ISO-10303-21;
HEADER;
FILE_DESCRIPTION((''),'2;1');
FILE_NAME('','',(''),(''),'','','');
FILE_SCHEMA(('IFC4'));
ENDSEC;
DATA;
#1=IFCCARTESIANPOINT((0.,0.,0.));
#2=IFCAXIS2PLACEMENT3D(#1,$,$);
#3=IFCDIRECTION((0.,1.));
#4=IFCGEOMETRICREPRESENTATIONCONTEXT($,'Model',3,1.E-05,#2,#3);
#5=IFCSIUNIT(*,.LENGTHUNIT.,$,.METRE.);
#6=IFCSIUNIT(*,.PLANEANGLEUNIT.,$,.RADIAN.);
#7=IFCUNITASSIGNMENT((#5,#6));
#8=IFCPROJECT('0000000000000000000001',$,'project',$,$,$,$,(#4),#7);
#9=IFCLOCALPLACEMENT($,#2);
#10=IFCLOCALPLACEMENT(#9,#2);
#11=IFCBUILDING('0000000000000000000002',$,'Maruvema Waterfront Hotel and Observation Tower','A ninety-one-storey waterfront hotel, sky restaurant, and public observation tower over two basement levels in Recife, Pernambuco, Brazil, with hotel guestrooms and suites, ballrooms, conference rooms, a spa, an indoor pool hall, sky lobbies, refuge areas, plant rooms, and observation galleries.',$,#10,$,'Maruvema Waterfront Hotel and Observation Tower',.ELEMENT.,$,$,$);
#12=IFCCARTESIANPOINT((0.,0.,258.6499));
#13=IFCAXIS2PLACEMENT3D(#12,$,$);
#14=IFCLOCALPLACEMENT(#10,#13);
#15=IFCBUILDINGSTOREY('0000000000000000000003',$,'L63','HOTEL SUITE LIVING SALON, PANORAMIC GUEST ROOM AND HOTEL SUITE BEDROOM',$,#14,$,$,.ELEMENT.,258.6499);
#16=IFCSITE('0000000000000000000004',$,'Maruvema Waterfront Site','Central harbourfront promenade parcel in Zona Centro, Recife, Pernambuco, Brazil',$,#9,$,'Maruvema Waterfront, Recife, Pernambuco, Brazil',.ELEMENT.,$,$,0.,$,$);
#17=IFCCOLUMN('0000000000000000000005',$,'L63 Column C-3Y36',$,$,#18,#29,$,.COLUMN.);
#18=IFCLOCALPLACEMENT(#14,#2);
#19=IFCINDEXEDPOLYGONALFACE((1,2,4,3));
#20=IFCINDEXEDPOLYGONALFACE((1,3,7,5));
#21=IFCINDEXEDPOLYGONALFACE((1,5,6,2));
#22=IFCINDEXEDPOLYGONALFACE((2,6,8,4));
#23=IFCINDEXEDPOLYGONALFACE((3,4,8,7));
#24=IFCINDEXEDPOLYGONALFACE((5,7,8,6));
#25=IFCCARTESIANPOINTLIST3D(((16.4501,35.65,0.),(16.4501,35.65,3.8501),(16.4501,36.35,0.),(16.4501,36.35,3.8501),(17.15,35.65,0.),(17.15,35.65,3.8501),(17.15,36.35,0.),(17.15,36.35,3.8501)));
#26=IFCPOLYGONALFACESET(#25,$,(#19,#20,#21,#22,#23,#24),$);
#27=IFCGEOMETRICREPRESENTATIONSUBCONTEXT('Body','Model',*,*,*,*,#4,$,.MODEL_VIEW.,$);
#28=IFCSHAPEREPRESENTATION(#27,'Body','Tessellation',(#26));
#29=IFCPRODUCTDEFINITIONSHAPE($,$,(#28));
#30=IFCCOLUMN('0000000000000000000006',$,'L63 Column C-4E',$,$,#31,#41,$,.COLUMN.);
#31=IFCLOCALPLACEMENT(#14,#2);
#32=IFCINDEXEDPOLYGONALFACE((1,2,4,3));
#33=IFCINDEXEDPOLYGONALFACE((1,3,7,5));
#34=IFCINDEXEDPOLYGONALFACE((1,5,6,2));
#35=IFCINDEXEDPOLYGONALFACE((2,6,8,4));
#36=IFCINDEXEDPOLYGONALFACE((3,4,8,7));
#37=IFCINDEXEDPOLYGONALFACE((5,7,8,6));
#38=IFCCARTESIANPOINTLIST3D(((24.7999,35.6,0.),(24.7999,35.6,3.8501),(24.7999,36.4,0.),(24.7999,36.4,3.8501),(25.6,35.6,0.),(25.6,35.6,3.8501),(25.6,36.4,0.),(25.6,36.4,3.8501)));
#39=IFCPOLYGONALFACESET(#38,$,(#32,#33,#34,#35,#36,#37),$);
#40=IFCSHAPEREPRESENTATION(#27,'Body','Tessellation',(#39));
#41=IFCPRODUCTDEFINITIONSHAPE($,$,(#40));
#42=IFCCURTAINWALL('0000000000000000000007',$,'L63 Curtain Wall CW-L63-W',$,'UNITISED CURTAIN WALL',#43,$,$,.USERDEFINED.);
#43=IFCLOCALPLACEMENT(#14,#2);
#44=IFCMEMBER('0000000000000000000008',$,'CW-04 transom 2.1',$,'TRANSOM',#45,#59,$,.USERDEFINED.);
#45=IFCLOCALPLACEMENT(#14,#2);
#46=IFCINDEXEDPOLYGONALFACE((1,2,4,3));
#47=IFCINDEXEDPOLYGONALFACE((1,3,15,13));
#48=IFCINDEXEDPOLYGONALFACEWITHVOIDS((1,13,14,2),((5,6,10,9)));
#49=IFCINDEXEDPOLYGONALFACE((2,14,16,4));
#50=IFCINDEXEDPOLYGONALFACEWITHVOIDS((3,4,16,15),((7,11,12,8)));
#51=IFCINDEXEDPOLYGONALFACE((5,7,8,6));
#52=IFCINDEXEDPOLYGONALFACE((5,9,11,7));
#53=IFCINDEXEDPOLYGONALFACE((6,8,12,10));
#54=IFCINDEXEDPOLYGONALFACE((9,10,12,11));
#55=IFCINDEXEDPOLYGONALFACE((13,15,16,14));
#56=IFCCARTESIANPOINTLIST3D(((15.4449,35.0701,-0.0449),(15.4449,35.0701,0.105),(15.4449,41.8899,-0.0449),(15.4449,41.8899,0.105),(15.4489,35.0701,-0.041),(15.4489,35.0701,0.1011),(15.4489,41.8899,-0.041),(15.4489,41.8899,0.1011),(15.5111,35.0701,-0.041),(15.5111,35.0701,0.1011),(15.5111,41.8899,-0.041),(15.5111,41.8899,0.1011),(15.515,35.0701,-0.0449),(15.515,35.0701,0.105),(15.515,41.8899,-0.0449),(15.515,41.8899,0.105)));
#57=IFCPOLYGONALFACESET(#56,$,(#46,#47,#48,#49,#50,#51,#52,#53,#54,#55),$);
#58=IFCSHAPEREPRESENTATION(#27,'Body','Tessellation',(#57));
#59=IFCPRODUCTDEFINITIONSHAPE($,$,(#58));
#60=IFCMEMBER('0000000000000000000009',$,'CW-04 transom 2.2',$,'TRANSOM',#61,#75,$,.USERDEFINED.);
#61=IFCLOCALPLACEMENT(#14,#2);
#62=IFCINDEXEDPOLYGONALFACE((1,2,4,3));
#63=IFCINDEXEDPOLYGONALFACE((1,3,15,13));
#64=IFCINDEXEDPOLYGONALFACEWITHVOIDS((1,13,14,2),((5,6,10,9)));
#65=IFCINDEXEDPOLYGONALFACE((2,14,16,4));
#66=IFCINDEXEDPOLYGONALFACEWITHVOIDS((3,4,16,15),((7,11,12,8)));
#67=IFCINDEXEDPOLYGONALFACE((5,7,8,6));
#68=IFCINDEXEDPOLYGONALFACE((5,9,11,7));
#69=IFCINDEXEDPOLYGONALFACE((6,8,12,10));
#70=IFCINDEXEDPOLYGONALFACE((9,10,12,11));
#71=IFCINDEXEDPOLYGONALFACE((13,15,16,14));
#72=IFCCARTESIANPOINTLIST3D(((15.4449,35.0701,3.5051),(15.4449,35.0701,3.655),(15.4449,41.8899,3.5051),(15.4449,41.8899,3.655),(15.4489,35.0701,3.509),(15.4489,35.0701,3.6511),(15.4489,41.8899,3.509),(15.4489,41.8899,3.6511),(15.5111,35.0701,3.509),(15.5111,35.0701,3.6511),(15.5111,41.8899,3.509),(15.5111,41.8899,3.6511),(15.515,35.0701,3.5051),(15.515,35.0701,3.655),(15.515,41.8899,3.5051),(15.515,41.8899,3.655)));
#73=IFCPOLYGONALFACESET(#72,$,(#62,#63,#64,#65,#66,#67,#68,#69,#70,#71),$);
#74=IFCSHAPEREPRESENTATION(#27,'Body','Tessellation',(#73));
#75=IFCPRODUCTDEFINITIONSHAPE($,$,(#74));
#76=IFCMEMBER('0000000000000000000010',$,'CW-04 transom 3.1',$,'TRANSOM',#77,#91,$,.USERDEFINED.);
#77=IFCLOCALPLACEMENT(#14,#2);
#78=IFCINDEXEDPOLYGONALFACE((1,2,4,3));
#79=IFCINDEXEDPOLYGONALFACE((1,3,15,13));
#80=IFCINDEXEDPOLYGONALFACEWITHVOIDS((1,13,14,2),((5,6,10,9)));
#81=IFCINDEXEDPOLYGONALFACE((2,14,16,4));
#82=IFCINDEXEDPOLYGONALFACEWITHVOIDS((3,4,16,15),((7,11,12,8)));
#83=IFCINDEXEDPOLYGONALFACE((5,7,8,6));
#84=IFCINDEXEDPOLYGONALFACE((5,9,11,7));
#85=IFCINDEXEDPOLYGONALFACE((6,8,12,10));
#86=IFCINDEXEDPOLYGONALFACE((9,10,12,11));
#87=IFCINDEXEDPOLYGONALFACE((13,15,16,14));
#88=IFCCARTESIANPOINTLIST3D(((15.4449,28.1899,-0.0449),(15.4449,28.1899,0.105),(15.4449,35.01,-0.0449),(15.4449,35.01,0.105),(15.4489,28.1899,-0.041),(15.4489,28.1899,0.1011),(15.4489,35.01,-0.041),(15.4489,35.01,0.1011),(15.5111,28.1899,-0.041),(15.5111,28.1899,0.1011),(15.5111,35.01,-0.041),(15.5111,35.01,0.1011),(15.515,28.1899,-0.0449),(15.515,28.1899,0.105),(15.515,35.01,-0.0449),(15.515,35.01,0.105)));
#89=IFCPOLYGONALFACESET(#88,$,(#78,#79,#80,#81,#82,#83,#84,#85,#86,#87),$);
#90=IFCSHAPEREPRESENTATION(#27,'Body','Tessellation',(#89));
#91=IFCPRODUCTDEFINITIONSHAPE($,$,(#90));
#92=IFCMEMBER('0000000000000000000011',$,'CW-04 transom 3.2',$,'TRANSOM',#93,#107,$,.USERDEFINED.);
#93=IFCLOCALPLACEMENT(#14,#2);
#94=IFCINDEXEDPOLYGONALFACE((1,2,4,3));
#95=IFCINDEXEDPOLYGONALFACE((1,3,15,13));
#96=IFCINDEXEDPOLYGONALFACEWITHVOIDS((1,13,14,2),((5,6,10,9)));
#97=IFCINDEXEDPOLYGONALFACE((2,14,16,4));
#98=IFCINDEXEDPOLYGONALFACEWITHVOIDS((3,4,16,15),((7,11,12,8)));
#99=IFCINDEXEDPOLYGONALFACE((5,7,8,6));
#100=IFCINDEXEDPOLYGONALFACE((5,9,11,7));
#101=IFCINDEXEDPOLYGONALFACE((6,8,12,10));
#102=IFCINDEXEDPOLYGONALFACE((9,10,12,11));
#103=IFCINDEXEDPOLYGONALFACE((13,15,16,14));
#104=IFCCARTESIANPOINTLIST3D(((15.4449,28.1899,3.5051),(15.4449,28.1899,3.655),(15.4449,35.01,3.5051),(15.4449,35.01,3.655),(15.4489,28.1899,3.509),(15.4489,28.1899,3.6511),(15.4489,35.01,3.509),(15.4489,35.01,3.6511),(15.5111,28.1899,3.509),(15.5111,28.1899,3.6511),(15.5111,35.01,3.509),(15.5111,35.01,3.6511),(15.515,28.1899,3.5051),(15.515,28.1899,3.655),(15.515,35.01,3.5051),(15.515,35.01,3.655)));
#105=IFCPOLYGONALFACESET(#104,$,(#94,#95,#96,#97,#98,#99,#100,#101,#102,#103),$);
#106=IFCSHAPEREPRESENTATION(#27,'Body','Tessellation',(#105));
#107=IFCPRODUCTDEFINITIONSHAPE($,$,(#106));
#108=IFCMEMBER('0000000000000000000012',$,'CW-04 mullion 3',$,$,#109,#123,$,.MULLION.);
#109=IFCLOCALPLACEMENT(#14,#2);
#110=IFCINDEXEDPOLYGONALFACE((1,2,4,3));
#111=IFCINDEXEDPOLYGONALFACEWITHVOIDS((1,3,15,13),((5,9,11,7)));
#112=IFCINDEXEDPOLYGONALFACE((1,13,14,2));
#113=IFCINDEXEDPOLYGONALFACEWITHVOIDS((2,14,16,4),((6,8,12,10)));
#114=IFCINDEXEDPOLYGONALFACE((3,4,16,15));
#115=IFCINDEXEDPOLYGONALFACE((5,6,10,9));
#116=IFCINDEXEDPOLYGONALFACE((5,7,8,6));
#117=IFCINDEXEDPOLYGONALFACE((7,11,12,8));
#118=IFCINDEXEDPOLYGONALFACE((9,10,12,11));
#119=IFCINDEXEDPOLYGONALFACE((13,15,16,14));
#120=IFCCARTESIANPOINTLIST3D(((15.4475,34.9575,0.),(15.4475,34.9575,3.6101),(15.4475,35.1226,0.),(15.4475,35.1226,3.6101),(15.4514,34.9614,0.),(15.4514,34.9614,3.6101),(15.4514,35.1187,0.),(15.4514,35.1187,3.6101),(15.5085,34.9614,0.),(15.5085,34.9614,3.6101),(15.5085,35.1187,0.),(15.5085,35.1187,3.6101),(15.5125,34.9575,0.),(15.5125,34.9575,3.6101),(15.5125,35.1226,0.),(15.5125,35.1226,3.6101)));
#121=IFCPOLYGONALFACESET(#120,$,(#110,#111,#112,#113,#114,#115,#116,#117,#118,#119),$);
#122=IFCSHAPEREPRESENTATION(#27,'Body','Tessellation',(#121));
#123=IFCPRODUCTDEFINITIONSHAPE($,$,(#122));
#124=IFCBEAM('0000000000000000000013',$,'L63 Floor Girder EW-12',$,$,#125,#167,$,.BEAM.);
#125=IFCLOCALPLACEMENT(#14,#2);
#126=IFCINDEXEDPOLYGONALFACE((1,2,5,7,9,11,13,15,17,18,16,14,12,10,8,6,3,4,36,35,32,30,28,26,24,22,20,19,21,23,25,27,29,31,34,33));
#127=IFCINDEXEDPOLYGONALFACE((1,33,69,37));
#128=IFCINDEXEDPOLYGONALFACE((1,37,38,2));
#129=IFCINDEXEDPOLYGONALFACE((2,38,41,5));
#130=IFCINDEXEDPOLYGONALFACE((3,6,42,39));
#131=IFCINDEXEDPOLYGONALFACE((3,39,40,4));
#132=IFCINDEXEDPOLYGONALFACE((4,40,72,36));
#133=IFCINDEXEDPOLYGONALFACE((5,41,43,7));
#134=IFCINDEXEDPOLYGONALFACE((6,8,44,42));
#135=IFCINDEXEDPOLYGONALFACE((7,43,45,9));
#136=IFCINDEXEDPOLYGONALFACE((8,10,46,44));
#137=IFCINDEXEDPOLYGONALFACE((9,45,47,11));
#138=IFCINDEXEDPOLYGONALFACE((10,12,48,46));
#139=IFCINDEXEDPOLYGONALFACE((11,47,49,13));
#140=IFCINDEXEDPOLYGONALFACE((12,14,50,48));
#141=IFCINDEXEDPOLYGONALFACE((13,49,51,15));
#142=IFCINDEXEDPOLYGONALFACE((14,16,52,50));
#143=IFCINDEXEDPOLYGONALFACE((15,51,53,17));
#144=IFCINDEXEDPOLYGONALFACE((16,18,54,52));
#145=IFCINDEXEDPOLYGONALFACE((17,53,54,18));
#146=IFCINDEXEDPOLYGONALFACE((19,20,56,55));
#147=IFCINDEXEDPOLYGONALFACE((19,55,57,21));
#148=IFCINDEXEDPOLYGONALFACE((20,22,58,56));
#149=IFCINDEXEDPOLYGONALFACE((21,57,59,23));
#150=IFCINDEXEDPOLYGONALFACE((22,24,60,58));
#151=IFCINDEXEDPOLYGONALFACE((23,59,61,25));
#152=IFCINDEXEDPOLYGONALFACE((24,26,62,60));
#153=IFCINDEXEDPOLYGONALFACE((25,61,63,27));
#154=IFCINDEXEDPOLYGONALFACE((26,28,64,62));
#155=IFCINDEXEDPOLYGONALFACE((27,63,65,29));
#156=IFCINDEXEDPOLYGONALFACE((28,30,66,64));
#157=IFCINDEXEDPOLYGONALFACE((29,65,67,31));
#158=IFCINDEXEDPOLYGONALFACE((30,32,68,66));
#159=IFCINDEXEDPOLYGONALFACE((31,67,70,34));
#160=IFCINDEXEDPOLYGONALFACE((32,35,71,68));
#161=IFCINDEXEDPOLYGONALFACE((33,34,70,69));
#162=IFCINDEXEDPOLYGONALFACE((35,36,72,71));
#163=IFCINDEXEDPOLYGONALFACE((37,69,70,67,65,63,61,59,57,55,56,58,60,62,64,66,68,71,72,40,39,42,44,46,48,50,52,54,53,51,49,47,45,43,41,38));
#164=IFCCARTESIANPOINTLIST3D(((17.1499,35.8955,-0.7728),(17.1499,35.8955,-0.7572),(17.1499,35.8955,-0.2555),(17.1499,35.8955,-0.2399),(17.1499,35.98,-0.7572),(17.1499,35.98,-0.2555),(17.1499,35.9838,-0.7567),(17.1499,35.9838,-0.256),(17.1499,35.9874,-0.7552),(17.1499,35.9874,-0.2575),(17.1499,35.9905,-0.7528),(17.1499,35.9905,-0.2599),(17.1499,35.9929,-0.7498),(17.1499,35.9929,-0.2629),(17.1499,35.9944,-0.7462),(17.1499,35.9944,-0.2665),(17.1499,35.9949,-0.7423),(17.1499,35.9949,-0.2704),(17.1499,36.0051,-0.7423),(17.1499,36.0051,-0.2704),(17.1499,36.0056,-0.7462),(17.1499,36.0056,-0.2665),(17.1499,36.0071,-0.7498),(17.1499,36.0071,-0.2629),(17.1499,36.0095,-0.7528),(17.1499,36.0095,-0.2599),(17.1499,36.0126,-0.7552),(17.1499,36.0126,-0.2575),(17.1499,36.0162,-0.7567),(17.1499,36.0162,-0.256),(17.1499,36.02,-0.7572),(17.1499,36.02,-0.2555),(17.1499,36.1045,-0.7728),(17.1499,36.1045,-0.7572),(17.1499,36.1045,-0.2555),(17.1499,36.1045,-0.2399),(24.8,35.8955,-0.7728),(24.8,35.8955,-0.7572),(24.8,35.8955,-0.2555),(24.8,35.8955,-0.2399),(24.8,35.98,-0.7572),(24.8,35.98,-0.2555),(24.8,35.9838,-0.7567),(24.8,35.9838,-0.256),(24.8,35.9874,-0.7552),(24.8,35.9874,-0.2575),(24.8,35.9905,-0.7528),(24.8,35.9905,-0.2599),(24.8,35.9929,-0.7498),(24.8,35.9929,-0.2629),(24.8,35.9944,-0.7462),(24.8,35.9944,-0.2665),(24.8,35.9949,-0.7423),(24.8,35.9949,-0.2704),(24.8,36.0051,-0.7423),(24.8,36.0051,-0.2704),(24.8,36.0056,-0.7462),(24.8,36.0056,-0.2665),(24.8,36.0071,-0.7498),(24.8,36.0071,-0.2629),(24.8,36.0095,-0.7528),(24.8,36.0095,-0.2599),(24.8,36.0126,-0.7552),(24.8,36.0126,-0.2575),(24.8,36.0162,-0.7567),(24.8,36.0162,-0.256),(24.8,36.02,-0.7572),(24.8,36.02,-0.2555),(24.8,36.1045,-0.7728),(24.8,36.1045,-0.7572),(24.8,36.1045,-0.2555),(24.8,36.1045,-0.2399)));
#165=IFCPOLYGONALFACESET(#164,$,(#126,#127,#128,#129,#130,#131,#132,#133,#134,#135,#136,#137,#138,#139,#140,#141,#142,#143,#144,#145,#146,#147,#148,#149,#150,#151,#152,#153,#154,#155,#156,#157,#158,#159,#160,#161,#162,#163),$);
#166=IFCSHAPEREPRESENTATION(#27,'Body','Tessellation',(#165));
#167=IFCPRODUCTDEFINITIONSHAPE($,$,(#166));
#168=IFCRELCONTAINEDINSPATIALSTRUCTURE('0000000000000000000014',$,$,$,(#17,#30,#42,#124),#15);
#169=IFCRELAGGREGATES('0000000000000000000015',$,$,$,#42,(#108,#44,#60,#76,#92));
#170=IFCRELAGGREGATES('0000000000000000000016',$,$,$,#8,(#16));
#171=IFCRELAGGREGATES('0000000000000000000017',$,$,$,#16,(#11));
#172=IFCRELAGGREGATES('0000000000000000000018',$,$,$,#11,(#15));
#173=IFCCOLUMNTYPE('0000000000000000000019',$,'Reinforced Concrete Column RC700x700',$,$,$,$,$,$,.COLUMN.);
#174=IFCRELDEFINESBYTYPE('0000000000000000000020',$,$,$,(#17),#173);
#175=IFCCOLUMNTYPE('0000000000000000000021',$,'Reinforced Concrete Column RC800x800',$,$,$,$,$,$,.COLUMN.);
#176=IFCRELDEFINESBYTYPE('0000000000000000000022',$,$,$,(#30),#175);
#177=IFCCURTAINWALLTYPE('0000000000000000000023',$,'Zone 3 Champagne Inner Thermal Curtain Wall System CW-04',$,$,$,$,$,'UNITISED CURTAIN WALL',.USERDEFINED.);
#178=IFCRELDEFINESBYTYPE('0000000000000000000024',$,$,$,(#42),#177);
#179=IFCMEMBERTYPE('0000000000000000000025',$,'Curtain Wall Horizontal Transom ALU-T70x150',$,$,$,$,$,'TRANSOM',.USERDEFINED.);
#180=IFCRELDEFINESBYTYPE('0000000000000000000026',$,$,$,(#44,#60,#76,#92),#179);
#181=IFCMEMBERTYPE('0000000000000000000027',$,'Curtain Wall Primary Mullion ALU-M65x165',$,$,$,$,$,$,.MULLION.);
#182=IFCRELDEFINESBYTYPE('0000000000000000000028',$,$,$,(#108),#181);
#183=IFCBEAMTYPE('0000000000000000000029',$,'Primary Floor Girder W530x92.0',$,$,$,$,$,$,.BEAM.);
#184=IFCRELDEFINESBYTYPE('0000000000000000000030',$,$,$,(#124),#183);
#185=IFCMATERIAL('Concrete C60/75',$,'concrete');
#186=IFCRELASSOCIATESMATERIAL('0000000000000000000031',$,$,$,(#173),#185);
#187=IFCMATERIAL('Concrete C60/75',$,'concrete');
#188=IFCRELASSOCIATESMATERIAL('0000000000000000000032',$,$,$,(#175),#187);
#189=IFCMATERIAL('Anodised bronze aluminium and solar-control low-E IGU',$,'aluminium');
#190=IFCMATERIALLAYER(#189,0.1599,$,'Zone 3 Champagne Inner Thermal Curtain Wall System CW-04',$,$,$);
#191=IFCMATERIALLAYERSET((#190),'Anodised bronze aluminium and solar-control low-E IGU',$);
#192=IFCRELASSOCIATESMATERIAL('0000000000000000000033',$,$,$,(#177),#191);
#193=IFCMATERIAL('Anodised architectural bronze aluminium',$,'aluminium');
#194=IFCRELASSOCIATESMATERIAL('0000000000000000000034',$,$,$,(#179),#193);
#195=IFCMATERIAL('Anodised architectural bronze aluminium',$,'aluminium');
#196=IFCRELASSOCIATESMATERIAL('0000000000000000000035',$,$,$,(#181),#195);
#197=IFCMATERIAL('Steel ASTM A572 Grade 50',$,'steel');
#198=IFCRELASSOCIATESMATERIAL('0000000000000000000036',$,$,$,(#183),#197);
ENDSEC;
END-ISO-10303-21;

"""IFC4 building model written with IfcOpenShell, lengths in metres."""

from ifc_helpers import new_model, si_unit, direction, frame, origin, origin_2d, place, context, subcontext, project, spatial, rectangle, hollow_rectangle, i_section, extrude, material, layer, layer_set, material_profile, profile_set, type_object, element, aggregate, save


model = new_model("IFC4")

# Units and contexts
model_context = context("Model", 3, precision=1e-05, world=origin(), true_north=direction((0.0, 1.0)))
body_context = subcontext(model_context, "Body", "Model", "MODEL_VIEW")
ifc_project = project(units=[si_unit("LENGTHUNIT", "METRE"), si_unit("PLANEANGLEUNIT", "RADIAN")], contexts=[model_context])

# Site, building, storey
site_placement = place(None, origin())
site = spatial("IfcSite", under=ifc_project, at=site_placement, Name="Maruvema Waterfront Site", Description="Central harbourfront promenade parcel in Zona Centro, Recife, Pernambuco, Brazil", LongName="Maruvema Waterfront, Recife, Pernambuco, Brazil", CompositionType="ELEMENT", RefElevation=0.0)
building_placement = place(site_placement, origin())
building = spatial("IfcBuilding", under=site, at=building_placement, Name="Maruvema Waterfront Hotel and Observation Tower", Description="A ninety-one-storey waterfront hotel, sky restaurant, and public observation tower over two basement levels in Recife, Pernambuco, Brazil, with hotel guestrooms and suites, ballrooms, conference rooms, a spa, an indoor pool hall, sky lobbies, refuge areas, plant rooms, and observation galleries.", LongName="Maruvema Waterfront Hotel and Observation Tower", CompositionType="ELEMENT")
storey_placement = place(building_placement, frame((0.0, 0.0, 258.6499)))
storey = spatial("IfcBuildingStorey", under=building, at=storey_placement, Name="L63", Description="HOTEL SUITE LIVING SALON, PANORAMIC GUEST ROOM AND HOTEL SUITE BEDROOM", CompositionType="ELEMENT", Elevation=258.6499)

# Columns
ifc_material_1 = material(Name="Concrete C60/75", Category="concrete")
ifc_material_profile_1 = material_profile(ifc_material_1, rectangle(XDim=0.7, YDim=0.7, at=origin_2d()), Name="RC700x700")
ifc_profile_set_1 = profile_set([ifc_material_profile_1], Name="Concrete C60/75")
column_type_1 = type_object("IfcColumnType", Name="Reinforced Concrete Column RC700x700", PredefinedType="COLUMN", material=ifc_profile_set_1)
column_1_placement = place(storey_placement, frame((16.8, 36.0, 0.0), z_axis=(0.0, 0.0, 1.0), x_axis=(1.0, 0.0, 0.0)))
element("IfcColumn", 1, at=column_1_placement, inside=storey, type_object=column_type_1, Name="L63 Column C-3Y36", PredefinedType="COLUMN", context=body_context, shape_type="SweptSolid", body=[
    extrude(rectangle(XDim=0.7, YDim=0.7, at=origin_2d()), origin(), (0.0, 0.0, 1.0), 3.8501),
])
ifc_material_2 = material(Name="Concrete C60/75", Category="concrete")
ifc_material_profile_2 = material_profile(ifc_material_2, rectangle(XDim=0.8, YDim=0.8, at=origin_2d()), Name="RC800x800")
ifc_profile_set_2 = profile_set([ifc_material_profile_2], Name="Concrete C60/75")
column_type_2 = type_object("IfcColumnType", Name="Reinforced Concrete Column RC800x800", PredefinedType="COLUMN", material=ifc_profile_set_2)
column_2_placement = place(storey_placement, frame((25.2, 36.0, 0.0), z_axis=(0.0, 0.0, 1.0), x_axis=(1.0, 0.0, 0.0)))
element("IfcColumn", 2, at=column_2_placement, inside=storey, type_object=column_type_2, Name="L63 Column C-4E", PredefinedType="COLUMN", context=body_context, shape_type="SweptSolid", body=[
    extrude(rectangle(XDim=0.8, YDim=0.8, at=origin_2d()), origin(), (0.0, 0.0, 1.0), 3.8501),
])

# Curtain wall, members
ifc_material_3 = material(Name="Anodised bronze aluminium and solar-control low-E IGU", Category="aluminium")
ifc_layer_1 = layer(ifc_material_3, 0.1599, Name="Zone 3 Champagne Inner Thermal Curtain Wall System CW-04")
ifc_layer_set_1 = layer_set([ifc_layer_1], Name="Anodised bronze aluminium and solar-control low-E IGU")
curtain_wall_type = type_object("IfcCurtainWallType", Name="Zone 3 Champagne Inner Thermal Curtain Wall System CW-04", ElementType="UNITISED CURTAIN WALL", PredefinedType="USERDEFINED", material=ifc_layer_set_1)
curtain_wall_placement = place(storey_placement, origin())
curtain_wall = element("IfcCurtainWall", 3, at=curtain_wall_placement, inside=storey, type_object=curtain_wall_type, Name="L63 Curtain Wall CW-L63-W", ObjectType="UNITISED CURTAIN WALL", PredefinedType="USERDEFINED")
ifc_material_4 = material(Name="Anodised architectural bronze aluminium", Category="aluminium")
ifc_material_profile_3 = material_profile(ifc_material_4, hollow_rectangle(XDim=0.0701, YDim=0.1499, WallThickness=0.0039, at=origin_2d()), Name="ALU-T70x150")
ifc_profile_set_3 = profile_set([ifc_material_profile_3], Name="Anodised architectural bronze aluminium")
member_type_1 = type_object("IfcMemberType", Name="Curtain Wall Horizontal Transom ALU-T70x150", ElementType="TRANSOM", PredefinedType="USERDEFINED", material=ifc_profile_set_3)
member_1_placement = place(storey_placement, frame((15.48, 41.8899, 0.03), z_axis=(0.0, -1.0, 0.0), x_axis=(1.0, 0.0, 0.0)))
member_1 = element("IfcMember", 4, at=member_1_placement, type_object=member_type_1, Name="CW-04 transom 2.1", ObjectType="TRANSOM", PredefinedType="USERDEFINED", context=body_context, shape_type="SweptSolid", body=[
    extrude(hollow_rectangle(XDim=0.0701, YDim=0.1499, WallThickness=0.0039, at=origin_2d()), origin(), (0.0, 0.0, 1.0), 6.8198),
])
member_2_placement = place(storey_placement, frame((15.48, 41.8899, 3.5801), z_axis=(0.0, -1.0, 0.0), x_axis=(1.0, 0.0, 0.0)))
member_2 = element("IfcMember", 5, at=member_2_placement, type_object=member_type_1, Name="CW-04 transom 2.2", ObjectType="TRANSOM", PredefinedType="USERDEFINED", context=body_context, shape_type="SweptSolid", body=[
    extrude(hollow_rectangle(XDim=0.0701, YDim=0.1499, WallThickness=0.0039, at=origin_2d()), origin(), (0.0, 0.0, 1.0), 6.8198),
])
member_3_placement = place(storey_placement, frame((15.48, 35.01, 0.03), z_axis=(0.0, -1.0, 0.0), x_axis=(1.0, 0.0, 0.0)))
member_3 = element("IfcMember", 6, at=member_3_placement, type_object=member_type_1, Name="CW-04 transom 3.1", ObjectType="TRANSOM", PredefinedType="USERDEFINED", context=body_context, shape_type="SweptSolid", body=[
    extrude(hollow_rectangle(XDim=0.0701, YDim=0.1499, WallThickness=0.0039, at=origin_2d()), origin(), (0.0, 0.0, 1.0), 6.8201),
])
member_4_placement = place(storey_placement, frame((15.48, 35.01, 3.5801), z_axis=(0.0, -1.0, 0.0), x_axis=(1.0, 0.0, 0.0)))
member_4 = element("IfcMember", 7, at=member_4_placement, type_object=member_type_1, Name="CW-04 transom 3.2", ObjectType="TRANSOM", PredefinedType="USERDEFINED", context=body_context, shape_type="SweptSolid", body=[
    extrude(hollow_rectangle(XDim=0.0701, YDim=0.1499, WallThickness=0.0039, at=origin_2d()), origin(), (0.0, 0.0, 1.0), 6.8201),
])
ifc_material_5 = material(Name="Anodised architectural bronze aluminium", Category="aluminium")
ifc_material_profile_4 = material_profile(ifc_material_5, hollow_rectangle(XDim=0.0649, YDim=0.165, WallThickness=0.0039, at=origin_2d()), Name="ALU-M65x165")
ifc_profile_set_4 = profile_set([ifc_material_profile_4], Name="Anodised architectural bronze aluminium")
member_type_2 = type_object("IfcMemberType", Name="Curtain Wall Primary Mullion ALU-M65x165", PredefinedType="MULLION", material=ifc_profile_set_4)
member_5_placement = place(storey_placement, frame((15.48, 35.04, 0.0), z_axis=(0.0, 0.0, 1.0), x_axis=(1.0, 0.0, 0.0)))
member_5 = element("IfcMember", 8, at=member_5_placement, type_object=member_type_2, Name="CW-04 mullion 3", PredefinedType="MULLION", context=body_context, shape_type="SweptSolid", body=[
    extrude(hollow_rectangle(XDim=0.0649, YDim=0.165, WallThickness=0.0039, at=origin_2d()), origin(), (0.0, 0.0, 1.0), 3.6101),
])

# Beam
ifc_material_6 = material(Name="Steel ASTM A572 Grade 50", Category="steel")
ifc_material_profile_5 = material_profile(ifc_material_6, i_section(OverallWidth=0.209, OverallDepth=0.533, WebThickness=0.0103, FlangeThickness=0.0156, FilletRadius=0.0149, at=origin_2d()), Name="W530x92.0")
ifc_profile_set_5 = profile_set([ifc_material_profile_5], Name="Steel ASTM A572 Grade 50")
beam_type_1 = type_object("IfcBeamType", Name="Primary Floor Girder W530x92.0", PredefinedType="BEAM", material=ifc_profile_set_5)
beam_1_placement = place(storey_placement, frame((17.1499, 36.0, -0.5063), z_axis=(1.0, 0.0, 0.0), x_axis=(0.0, 1.0, 0.0)))
element("IfcBeam", 9, at=beam_1_placement, inside=storey, type_object=beam_type_1, Name="L63 Floor Girder EW-12", PredefinedType="BEAM", context=body_context, shape_type="SweptSolid", body=[
    extrude(i_section(OverallWidth=0.209, OverallDepth=0.533, WebThickness=0.0103, FlangeThickness=0.0156, FilletRadius=0.0149, at=origin_2d()), origin(), (0.0, 0.0, 1.0), 7.6501),
])

aggregate(curtain_wall, [member_5, member_1, member_2, member_3, member_4])

save(model, "model.ifc")
